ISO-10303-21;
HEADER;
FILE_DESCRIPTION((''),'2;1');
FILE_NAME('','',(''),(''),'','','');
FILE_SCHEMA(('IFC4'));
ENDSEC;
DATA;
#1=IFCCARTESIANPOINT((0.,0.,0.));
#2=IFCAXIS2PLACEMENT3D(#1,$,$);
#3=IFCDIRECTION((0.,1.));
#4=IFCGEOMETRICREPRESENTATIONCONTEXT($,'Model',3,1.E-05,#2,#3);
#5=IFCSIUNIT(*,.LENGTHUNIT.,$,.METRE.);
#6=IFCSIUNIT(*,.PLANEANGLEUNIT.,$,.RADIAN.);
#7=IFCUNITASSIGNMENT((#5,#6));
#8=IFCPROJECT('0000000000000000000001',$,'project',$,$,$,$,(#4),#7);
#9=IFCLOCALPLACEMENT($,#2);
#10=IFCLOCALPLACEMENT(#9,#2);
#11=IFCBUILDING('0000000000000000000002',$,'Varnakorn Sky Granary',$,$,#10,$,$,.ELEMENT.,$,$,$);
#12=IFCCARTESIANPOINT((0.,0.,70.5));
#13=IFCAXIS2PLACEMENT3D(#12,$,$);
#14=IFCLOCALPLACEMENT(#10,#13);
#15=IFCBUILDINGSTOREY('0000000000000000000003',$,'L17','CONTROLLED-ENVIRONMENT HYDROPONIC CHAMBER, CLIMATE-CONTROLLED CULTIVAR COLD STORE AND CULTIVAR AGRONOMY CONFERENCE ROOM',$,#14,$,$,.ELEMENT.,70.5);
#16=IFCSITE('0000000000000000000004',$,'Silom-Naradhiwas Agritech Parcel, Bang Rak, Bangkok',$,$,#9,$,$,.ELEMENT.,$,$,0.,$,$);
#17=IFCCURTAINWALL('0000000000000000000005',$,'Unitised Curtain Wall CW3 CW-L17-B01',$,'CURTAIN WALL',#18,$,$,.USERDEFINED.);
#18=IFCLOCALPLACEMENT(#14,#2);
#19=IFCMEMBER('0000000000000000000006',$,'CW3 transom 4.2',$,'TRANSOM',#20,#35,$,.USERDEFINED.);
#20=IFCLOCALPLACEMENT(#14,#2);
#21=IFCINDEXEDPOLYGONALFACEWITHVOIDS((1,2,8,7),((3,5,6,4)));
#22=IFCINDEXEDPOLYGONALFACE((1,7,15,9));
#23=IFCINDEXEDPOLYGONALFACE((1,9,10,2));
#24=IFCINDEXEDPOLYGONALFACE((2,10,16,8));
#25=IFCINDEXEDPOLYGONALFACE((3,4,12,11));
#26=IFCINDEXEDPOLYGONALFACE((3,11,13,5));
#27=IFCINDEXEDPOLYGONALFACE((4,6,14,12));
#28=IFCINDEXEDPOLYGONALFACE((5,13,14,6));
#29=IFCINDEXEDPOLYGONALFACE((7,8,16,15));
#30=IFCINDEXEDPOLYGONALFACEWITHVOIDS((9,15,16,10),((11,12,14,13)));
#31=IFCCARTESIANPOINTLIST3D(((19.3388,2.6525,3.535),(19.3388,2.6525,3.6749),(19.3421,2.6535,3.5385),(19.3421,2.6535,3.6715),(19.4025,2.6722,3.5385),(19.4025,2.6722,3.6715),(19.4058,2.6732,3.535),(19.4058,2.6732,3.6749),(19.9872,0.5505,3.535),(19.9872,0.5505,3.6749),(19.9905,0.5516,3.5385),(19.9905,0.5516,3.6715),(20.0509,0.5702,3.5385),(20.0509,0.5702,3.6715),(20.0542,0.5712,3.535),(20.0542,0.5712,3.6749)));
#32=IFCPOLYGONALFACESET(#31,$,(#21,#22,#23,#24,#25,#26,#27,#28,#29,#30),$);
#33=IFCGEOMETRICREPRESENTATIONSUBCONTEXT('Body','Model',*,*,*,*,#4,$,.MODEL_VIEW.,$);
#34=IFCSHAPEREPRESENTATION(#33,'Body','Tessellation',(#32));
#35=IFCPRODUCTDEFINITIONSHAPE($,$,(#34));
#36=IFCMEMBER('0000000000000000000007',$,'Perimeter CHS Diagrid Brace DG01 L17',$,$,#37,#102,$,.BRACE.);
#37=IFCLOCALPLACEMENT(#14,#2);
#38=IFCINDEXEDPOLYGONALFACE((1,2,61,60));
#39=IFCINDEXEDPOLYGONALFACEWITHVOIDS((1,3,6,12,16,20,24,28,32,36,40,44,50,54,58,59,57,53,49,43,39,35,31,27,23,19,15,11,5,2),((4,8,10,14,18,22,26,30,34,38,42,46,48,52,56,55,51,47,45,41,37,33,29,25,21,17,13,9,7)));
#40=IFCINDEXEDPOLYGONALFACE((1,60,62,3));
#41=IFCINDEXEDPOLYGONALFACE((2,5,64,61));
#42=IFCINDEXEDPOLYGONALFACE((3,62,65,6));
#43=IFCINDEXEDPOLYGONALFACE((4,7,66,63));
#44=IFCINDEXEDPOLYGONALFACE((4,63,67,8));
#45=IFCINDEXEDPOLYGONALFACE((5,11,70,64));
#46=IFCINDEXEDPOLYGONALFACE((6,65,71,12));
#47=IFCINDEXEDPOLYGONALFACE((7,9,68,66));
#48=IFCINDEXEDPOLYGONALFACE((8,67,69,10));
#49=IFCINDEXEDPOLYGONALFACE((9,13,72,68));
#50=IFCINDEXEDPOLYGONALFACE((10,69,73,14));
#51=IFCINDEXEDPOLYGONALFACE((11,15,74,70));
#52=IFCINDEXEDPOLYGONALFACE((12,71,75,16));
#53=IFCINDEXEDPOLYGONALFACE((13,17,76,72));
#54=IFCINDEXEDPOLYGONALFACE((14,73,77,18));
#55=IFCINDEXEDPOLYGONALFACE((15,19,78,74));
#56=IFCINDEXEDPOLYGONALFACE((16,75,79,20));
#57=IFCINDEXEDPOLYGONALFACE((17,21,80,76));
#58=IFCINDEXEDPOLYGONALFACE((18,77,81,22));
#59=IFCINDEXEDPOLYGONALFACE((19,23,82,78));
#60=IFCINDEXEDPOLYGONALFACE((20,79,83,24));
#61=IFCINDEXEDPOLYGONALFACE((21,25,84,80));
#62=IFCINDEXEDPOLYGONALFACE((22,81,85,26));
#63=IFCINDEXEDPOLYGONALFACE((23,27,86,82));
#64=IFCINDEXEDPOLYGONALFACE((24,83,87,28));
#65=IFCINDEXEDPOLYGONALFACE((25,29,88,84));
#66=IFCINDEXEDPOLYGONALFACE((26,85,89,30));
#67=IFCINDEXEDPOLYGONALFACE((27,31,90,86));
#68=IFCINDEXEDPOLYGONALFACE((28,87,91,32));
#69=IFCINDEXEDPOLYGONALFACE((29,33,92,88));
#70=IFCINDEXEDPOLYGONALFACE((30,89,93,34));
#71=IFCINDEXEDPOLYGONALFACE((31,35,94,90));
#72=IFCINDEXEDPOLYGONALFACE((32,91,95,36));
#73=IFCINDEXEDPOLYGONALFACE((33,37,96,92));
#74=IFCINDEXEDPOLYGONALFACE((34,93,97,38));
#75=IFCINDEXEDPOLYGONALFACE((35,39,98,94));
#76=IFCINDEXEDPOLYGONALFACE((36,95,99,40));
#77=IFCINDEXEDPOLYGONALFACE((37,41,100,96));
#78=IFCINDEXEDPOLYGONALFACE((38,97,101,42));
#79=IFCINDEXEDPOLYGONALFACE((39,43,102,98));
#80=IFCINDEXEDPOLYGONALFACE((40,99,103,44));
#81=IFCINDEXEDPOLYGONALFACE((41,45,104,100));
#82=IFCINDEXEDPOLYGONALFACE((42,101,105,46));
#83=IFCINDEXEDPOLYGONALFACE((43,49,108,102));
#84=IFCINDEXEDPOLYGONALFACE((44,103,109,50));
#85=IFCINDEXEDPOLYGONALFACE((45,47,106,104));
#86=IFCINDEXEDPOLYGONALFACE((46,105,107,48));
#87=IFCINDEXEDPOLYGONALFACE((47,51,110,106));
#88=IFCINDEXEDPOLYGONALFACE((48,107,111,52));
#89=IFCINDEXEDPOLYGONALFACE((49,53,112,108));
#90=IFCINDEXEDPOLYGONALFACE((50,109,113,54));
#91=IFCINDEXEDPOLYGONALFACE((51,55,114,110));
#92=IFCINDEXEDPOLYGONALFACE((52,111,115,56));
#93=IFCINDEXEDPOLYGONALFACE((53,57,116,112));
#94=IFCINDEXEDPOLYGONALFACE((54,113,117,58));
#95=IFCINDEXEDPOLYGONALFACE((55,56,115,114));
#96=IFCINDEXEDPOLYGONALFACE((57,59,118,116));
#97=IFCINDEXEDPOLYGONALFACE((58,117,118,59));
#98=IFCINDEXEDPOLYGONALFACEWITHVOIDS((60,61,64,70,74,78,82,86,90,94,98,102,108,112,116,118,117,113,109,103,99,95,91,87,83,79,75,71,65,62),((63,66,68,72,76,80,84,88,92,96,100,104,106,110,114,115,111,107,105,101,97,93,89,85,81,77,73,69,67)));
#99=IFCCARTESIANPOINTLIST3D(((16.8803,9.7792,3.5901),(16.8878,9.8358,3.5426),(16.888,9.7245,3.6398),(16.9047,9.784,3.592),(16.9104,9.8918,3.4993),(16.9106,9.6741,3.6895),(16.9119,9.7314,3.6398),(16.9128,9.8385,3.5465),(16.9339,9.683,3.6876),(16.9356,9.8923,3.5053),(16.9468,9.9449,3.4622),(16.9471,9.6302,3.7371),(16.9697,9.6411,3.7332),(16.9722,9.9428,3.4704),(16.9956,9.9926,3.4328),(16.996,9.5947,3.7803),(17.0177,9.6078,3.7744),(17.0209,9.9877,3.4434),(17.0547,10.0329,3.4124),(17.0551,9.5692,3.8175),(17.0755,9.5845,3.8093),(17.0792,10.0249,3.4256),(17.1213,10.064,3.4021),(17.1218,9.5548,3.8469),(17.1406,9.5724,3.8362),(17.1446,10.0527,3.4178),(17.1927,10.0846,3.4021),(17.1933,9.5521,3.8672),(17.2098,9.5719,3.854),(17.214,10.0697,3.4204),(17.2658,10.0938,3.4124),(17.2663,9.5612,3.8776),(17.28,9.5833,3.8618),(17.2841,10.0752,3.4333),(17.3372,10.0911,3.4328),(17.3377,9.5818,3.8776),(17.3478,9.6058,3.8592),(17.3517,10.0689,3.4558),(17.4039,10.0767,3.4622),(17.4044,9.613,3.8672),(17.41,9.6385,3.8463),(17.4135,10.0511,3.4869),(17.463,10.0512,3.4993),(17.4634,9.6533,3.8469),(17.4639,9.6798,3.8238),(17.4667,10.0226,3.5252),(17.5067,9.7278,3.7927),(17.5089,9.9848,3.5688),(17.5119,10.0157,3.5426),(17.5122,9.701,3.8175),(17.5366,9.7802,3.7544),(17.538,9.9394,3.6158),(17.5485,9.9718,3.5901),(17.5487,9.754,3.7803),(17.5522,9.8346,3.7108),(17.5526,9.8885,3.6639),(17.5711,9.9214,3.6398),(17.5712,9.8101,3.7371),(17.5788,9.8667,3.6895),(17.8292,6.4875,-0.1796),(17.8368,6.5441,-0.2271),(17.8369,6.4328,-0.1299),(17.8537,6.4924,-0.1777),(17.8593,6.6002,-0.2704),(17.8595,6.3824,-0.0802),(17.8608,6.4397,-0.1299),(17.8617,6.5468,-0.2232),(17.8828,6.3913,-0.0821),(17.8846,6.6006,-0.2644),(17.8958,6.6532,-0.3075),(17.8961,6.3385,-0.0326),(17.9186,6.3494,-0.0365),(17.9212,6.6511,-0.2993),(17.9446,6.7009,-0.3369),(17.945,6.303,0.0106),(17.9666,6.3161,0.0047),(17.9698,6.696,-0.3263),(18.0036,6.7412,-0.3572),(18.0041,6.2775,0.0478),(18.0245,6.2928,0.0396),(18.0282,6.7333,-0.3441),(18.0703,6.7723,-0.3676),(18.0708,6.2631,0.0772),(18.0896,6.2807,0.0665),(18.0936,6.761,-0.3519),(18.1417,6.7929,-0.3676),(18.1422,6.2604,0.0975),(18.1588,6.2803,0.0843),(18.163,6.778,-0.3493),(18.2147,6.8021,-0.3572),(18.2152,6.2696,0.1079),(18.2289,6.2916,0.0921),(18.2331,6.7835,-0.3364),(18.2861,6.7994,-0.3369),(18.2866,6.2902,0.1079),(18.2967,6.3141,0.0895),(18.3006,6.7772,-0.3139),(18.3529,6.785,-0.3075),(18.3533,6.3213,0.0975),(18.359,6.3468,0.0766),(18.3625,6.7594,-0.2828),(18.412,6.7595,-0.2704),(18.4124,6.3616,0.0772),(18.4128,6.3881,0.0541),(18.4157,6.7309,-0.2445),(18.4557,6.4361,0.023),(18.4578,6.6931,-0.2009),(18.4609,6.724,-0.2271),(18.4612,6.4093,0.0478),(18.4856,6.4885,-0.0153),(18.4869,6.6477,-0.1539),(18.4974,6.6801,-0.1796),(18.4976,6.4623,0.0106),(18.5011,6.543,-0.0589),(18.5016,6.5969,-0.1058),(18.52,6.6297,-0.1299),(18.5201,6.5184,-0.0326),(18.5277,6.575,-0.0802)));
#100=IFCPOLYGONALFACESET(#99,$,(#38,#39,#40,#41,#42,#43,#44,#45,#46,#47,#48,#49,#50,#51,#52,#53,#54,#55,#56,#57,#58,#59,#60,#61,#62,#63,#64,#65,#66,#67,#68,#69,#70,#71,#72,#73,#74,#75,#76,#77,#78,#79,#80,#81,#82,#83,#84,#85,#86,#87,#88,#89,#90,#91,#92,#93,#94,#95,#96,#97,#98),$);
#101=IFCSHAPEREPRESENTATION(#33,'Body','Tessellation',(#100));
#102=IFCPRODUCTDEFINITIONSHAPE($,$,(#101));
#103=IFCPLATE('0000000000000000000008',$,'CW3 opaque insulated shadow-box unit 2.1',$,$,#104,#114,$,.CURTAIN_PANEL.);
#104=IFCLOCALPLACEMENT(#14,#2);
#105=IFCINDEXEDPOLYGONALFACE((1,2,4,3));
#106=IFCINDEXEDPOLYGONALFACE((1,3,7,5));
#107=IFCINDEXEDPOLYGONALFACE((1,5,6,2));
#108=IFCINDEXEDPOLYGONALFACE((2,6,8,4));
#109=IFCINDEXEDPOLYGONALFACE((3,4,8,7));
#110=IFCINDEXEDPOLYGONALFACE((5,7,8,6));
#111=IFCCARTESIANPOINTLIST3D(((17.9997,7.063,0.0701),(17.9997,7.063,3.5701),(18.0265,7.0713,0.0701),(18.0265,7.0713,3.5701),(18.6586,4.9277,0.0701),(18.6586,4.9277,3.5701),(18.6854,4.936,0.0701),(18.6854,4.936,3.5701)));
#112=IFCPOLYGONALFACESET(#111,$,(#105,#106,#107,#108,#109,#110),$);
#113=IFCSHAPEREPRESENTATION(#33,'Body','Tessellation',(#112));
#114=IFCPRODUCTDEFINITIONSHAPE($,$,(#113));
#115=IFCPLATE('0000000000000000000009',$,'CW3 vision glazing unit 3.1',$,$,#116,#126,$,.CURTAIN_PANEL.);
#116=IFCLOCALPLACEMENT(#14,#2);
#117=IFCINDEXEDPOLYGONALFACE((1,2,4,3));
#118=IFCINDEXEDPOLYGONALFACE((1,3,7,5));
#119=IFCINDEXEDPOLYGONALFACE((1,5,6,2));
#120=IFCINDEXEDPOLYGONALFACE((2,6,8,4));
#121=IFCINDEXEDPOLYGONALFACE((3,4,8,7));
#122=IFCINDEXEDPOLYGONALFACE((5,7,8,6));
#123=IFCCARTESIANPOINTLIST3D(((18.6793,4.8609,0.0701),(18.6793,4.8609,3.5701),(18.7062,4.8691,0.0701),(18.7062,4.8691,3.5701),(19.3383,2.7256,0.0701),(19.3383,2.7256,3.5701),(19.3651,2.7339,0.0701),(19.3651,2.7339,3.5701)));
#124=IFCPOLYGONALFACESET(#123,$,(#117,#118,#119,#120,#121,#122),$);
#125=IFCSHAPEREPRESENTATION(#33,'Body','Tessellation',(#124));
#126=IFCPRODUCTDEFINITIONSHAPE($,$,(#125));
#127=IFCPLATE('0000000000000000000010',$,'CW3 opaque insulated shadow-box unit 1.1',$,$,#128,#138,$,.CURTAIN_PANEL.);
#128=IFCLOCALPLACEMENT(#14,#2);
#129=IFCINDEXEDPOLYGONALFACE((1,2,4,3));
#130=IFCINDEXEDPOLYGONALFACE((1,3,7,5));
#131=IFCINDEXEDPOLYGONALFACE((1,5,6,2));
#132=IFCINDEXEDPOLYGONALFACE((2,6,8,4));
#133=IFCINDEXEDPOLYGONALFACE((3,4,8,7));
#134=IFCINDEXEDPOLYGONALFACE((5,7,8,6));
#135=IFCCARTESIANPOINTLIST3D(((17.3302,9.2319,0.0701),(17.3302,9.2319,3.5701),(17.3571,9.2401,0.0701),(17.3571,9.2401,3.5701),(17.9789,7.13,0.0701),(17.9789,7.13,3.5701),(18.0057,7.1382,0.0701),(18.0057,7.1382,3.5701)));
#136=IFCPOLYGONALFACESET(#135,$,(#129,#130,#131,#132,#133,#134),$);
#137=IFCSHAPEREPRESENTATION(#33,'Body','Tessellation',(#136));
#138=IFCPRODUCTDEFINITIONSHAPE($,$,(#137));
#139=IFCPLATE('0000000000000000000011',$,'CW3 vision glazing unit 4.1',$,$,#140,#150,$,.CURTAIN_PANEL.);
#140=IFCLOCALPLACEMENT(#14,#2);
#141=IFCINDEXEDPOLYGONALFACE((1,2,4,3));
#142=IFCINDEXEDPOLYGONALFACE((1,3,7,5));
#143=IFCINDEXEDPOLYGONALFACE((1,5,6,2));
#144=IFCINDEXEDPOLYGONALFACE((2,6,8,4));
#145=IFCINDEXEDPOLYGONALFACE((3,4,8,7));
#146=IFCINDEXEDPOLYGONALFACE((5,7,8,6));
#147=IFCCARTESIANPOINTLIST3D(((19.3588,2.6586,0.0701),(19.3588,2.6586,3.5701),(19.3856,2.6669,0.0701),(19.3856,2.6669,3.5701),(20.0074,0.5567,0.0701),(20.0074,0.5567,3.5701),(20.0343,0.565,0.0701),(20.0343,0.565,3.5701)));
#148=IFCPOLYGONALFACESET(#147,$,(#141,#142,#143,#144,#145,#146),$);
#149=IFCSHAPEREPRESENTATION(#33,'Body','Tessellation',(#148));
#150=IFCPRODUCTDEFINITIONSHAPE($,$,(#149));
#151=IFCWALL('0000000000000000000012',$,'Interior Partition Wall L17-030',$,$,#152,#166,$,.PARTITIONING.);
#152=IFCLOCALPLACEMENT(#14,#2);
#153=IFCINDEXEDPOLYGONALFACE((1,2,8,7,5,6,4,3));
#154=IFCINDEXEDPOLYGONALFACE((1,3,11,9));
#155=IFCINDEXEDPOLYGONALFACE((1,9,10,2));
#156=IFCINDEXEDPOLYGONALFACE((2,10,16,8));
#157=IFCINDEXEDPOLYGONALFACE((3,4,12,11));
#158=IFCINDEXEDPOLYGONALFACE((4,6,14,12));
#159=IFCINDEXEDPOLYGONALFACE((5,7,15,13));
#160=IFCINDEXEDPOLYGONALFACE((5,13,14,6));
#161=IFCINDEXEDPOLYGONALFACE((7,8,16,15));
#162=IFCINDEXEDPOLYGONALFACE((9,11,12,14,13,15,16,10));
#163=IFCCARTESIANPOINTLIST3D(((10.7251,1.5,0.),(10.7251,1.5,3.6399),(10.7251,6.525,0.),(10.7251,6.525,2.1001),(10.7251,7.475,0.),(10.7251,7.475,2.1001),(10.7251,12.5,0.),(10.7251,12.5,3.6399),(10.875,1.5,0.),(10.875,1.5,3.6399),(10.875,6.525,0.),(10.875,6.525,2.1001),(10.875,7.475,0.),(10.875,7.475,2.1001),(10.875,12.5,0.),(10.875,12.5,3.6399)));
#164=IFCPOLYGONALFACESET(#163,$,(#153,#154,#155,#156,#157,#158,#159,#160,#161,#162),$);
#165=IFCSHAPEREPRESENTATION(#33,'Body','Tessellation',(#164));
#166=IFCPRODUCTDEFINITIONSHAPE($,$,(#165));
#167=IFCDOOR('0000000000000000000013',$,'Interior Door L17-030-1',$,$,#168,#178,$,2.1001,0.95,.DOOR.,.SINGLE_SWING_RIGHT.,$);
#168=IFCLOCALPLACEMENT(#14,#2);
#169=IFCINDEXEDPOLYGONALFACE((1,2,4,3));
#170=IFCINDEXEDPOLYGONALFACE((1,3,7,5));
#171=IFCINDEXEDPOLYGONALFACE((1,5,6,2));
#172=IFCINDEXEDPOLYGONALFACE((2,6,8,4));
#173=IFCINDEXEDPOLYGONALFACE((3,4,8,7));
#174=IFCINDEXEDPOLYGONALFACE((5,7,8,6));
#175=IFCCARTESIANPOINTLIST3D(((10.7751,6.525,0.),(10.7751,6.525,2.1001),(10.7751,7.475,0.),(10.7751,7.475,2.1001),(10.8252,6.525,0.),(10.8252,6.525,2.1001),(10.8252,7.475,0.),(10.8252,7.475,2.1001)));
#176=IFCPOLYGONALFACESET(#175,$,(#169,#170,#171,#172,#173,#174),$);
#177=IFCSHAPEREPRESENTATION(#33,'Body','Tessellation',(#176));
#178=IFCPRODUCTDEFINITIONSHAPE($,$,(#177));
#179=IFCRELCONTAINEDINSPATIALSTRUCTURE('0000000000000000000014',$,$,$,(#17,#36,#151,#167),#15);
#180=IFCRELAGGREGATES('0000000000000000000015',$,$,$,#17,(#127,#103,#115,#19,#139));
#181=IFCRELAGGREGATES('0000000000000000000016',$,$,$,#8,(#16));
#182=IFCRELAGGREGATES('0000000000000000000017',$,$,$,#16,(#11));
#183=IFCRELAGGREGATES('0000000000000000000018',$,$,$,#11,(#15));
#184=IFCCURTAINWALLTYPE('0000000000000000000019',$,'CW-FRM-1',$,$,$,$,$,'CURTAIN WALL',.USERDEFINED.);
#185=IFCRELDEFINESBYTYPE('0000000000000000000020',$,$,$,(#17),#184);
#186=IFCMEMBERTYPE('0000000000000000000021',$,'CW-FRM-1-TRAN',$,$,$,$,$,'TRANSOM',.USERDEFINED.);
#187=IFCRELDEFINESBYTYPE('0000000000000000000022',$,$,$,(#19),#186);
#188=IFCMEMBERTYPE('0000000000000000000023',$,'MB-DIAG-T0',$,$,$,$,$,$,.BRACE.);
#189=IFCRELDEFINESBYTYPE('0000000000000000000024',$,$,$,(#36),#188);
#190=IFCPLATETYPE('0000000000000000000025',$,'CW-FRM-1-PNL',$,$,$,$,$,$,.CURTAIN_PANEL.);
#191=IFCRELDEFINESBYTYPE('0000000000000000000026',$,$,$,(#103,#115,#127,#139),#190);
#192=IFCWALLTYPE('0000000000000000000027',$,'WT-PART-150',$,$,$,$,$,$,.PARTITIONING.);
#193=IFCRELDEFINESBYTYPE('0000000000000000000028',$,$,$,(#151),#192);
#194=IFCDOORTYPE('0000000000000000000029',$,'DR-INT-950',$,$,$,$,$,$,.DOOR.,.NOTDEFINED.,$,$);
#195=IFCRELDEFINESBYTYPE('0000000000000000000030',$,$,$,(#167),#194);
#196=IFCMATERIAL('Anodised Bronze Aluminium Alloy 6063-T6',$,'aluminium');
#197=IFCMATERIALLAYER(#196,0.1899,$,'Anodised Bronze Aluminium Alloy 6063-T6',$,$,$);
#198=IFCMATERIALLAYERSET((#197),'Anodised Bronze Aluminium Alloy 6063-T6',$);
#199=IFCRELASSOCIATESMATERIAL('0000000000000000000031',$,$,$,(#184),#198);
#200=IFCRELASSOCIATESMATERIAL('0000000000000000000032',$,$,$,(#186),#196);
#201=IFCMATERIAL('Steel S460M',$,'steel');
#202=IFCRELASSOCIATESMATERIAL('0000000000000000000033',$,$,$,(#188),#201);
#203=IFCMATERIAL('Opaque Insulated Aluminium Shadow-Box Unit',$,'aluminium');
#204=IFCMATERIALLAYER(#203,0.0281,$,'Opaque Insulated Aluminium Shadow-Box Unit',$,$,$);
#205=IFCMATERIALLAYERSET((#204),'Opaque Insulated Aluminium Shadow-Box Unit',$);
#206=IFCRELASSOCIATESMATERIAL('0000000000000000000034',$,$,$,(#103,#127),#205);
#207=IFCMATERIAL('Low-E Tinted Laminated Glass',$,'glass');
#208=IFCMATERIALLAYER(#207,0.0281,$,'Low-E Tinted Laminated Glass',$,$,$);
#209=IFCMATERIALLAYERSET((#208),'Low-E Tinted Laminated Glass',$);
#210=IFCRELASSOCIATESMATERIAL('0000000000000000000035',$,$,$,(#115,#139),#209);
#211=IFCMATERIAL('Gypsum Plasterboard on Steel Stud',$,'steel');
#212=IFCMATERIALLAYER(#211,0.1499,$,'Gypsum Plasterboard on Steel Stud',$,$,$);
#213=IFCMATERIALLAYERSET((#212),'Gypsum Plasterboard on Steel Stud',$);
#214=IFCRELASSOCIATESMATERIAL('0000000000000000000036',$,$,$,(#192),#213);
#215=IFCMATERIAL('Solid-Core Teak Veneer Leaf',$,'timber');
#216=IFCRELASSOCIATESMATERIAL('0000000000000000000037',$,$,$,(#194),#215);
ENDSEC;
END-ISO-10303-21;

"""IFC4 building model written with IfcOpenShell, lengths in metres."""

from ifc_helpers import new_model, si_unit, direction, frame, frame_2d, origin, origin_2d, place, context, subcontext, project, spatial, rectangle, hollow_rectangle, hollow_circle, extrude, source, transform, mapped, material, layer, layer_set, material_profile, profile_set, type_object, type_shapes, element, fill, aggregate, save


model = new_model("IFC4")

# Units and contexts
model_context = context("Model", 3, precision=1e-05, world=origin(), true_north=direction((0.0, 1.0)))
body_context = subcontext(model_context, "Body", "Model", "MODEL_VIEW")
ifc_project = project(units=[si_unit("LENGTHUNIT", "METRE"), si_unit("PLANEANGLEUNIT", "RADIAN")], contexts=[model_context])

# Site, building, storey
site_placement = place(None, origin())
site = spatial("IfcSite", under=ifc_project, at=site_placement, Name="Silom-Naradhiwas Agritech Parcel, Bang Rak, Bangkok", CompositionType="ELEMENT", RefElevation=0.0)
building_placement = place(site_placement, origin())
building = spatial("IfcBuilding", under=site, at=building_placement, Name="Varnakorn Sky Granary", CompositionType="ELEMENT")
storey_placement = place(building_placement, frame((0.0, 0.0, 70.5)))
storey = spatial("IfcBuildingStorey", under=building, at=storey_placement, Name="L17", Description="CONTROLLED-ENVIRONMENT HYDROPONIC CHAMBER, CLIMATE-CONTROLLED CULTIVAR COLD STORE AND CULTIVAR AGRONOMY CONFERENCE ROOM", CompositionType="ELEMENT", Elevation=70.5)

# Curtain wall, member
ifc_material_1 = material(Name="Anodised Bronze Aluminium Alloy 6063-T6", Category="aluminium")
ifc_layer_1 = layer(ifc_material_1, 0.1899, Name="Anodised Bronze Aluminium Alloy 6063-T6")
ifc_layer_set_1 = layer_set([ifc_layer_1], Name="Anodised Bronze Aluminium Alloy 6063-T6")
curtain_wall_type = type_object("IfcCurtainWallType", Name="CW-FRM-1", ElementType="CURTAIN WALL", PredefinedType="USERDEFINED", material=ifc_layer_set_1)
curtain_wall_placement = place(storey_placement, origin())
curtain_wall = element("IfcCurtainWall", 1, at=curtain_wall_placement, inside=storey, type_object=curtain_wall_type, Name="Unitised Curtain Wall CW3 CW-L17-B01", ObjectType="CURTAIN WALL", PredefinedType="USERDEFINED")
ifc_material_profile_1 = material_profile(ifc_material_1, hollow_rectangle(XDim=0.0701, YDim=0.1399, WallThickness=0.0034, at=origin_2d()), Name="ALU TRAN 70x140")
ifc_profile_set_1 = profile_set([ifc_material_profile_1], Name="Anodised Bronze Aluminium Alloy 6063-T6")
member_type_1 = type_object("IfcMemberType", Name="CW-FRM-1-TRAN", ElementType="TRANSOM", PredefinedType="USERDEFINED", material=ifc_profile_set_1)
member_1_placement = place(storey_placement, frame((19.3723, 2.6628, 3.605), z_axis=(0.294772, -0.955568, 0.0), x_axis=(0.955568, 0.294772, 0.0)))
member_1 = element("IfcMember", 2, at=member_1_placement, type_object=member_type_1, Name="CW3 transom 4.2", ObjectType="TRANSOM", PredefinedType="USERDEFINED", context=body_context, shape_type="SweptSolid", body=[
    extrude(hollow_rectangle(XDim=0.0701, YDim=0.1399, WallThickness=0.0034, at=origin_2d()), origin(), (0.0, 0.0, 1.0), 2.1997),
])

# Member
ifc_material_2 = material(Name="Steel S460M", Category="steel")
ifc_material_profile_2 = material_profile(ifc_material_2, hollow_circle(Radius=0.3555, WallThickness=0.0249, at=origin_2d()), Name="CHS 711x25")
ifc_profile_set_2 = profile_set([ifc_material_profile_2], Name="Steel S460M")
member_type_2 = type_object("IfcMemberType", Name="MB-DIAG-T0", PredefinedType="BRACE", material=ifc_profile_set_2)
member_2_placement = place(storey_placement, frame((18.1785, 6.5312, -0.1299), z_axis=(-0.186298, 0.646219, 0.740063), x_axis=(-0.960868, -0.277008, 0.0)))
element("IfcMember", 3, at=member_2_placement, inside=storey, type_object=member_type_2, Name="Perimeter CHS Diagrid Brace DG01 L17", PredefinedType="BRACE", context=body_context, shape_type="SweptSolid", body=[
    extrude(hollow_circle(Radius=0.3555, WallThickness=0.0249, at=origin_2d()), origin(), (0.0, 0.0, 1.0), 5.0938),
])

# Plates
ifc_material_3 = material(Name="Opaque Insulated Aluminium Shadow-Box Unit", Category="aluminium")
ifc_layer_2 = layer(ifc_material_3, 0.0281, Name="Opaque Insulated Aluminium Shadow-Box Unit")
ifc_layer_set_2 = layer_set([ifc_layer_2], Name="Opaque Insulated Aluminium Shadow-Box Unit")
plate_type = type_object("IfcPlateType", Name="CW-FRM-1-PNL", PredefinedType="CURTAIN_PANEL")
shared_shape_1 = source(origin(), body_context, "Body", "SweptSolid", [
    extrude(rectangle(XDim=2.2346, YDim=0.0281, at=origin_2d()), origin(), (0.0, 0.0, 1.0), 3.5),
])
plate_1_placement = place(storey_placement, frame((18.3425, 5.9995, 0.0701), z_axis=(0.0, 0.0, 1.0), x_axis=(0.294872, -0.955537, 0.0)))
plate_1 = element("IfcPlate", 4, at=plate_1_placement, type_object=plate_type, material=ifc_layer_set_2, Name="CW3 opaque insulated shadow-box unit 2.1", PredefinedType="CURTAIN_PANEL", context=body_context, shape_type="MappedRepresentation", body=[
    mapped(shared_shape_1, transform((0.0, 0.0, 0.0), x_axis=(1.0, 0.0, 0.0), y_axis=(0.0, 1.0, 0.0), z_axis=(0.0, 0.0, 1.0), scale=1.0)),
])
ifc_material_4 = material(Name="Low-E Tinted Laminated Glass", Category="glass")
ifc_layer_3 = layer(ifc_material_4, 0.0281, Name="Low-E Tinted Laminated Glass")
ifc_layer_set_3 = layer_set([ifc_layer_3], Name="Low-E Tinted Laminated Glass")
plate_2_placement = place(storey_placement, frame((19.0222, 3.7974, 0.0701), z_axis=(0.0, 0.0, 1.0), x_axis=(0.294872, -0.955537, 0.0)))
plate_2 = element("IfcPlate", 5, at=plate_2_placement, type_object=plate_type, material=ifc_layer_set_3, Name="CW3 vision glazing unit 3.1", PredefinedType="CURTAIN_PANEL", context=body_context, shape_type="MappedRepresentation", body=[
    mapped(shared_shape_1, transform((0.0, 0.0, 0.0), x_axis=(1.0, 0.0, 0.0), y_axis=(0.0, 1.0, 0.0), z_axis=(0.0, 0.0, 1.0), scale=1.0)),
])
shared_shape_2 = source(origin(), body_context, "Body", "SweptSolid", [
    extrude(rectangle(XDim=2.1997, YDim=0.0281, at=origin_2d()), origin(), (0.0, 0.0, 1.0), 3.5),
])
type_shapes(plate_type, [shared_shape_1, shared_shape_2])
plate_3_placement = place(storey_placement, frame((17.668, 8.1851, 0.0701), z_axis=(0.0, 0.0, 1.0), x_axis=(0.294872, -0.955537, 0.0)))
plate_3 = element("IfcPlate", 6, at=plate_3_placement, type_object=plate_type, material=ifc_layer_set_2, Name="CW3 opaque insulated shadow-box unit 1.1", PredefinedType="CURTAIN_PANEL", context=body_context, shape_type="MappedRepresentation", body=[
    mapped(shared_shape_2, transform((0.0, 0.0, 0.0), x_axis=(1.0, 0.0, 0.0), y_axis=(0.0, 1.0, 0.0), z_axis=(0.0, 0.0, 1.0), scale=1.0)),
])
plate_4_placement = place(storey_placement, frame((19.6965, 1.6118, 0.0701), z_axis=(0.0, 0.0, 1.0), x_axis=(0.294872, -0.955537, 0.0)))
plate_4 = element("IfcPlate", 7, at=plate_4_placement, type_object=plate_type, material=ifc_layer_set_3, Name="CW3 vision glazing unit 4.1", PredefinedType="CURTAIN_PANEL", context=body_context, shape_type="MappedRepresentation", body=[
    mapped(shared_shape_2, transform((0.0, 0.0, 0.0), x_axis=(1.0, 0.0, 0.0), y_axis=(0.0, 1.0, 0.0), z_axis=(0.0, 0.0, 1.0), scale=1.0)),
])
aggregate(curtain_wall, [plate_3, plate_1, plate_2, member_1, plate_4])

# Wall, opening, door
ifc_material_5 = material(Name="Gypsum Plasterboard on Steel Stud", Category="steel")
ifc_layer_4 = layer(ifc_material_5, 0.1499, Name="Gypsum Plasterboard on Steel Stud")
ifc_layer_set_4 = layer_set([ifc_layer_4], Name="Gypsum Plasterboard on Steel Stud")
wall_type = type_object("IfcWallType", Name="WT-PART-150", PredefinedType="PARTITIONING", material=ifc_layer_set_4)
wall_1_placement = place(storey_placement, frame((10.8, 1.5, 0.0), z_axis=(0.0, 0.0, 1.0), x_axis=(0.0, 1.0, 0.0)))
wall_1 = element("IfcWall", 8, at=wall_1_placement, inside=storey, type_object=wall_type, Name="Interior Partition Wall L17-030", PredefinedType="PARTITIONING", context=body_context, shape_type="SweptSolid", body=[
    extrude(rectangle(XDim=11.0, YDim=0.1499, at=frame_2d((5.5, 0.0))), origin(), (0.0, 0.0, 1.0), 3.6399),
])
opening_placement = place(wall_1_placement, frame((5.0249, 0.0, 0.0)))
opening = element("IfcOpeningElement", 9, at=opening_placement, cuts=wall_1, PredefinedType="OPENING", context=body_context, shape_type="SweptSolid", body=[
    extrude(rectangle(XDim=0.95, YDim=2.1001, at=frame_2d((0.4751, 1.05))), frame((0.0, 0.085, 0.0), z_axis=(0.0, -1.0, 0.0), x_axis=(1.0, 0.0, 0.0)), (0.0, 0.0, 1.0), 0.1699),
])
ifc_material_6 = material(Name="Solid-Core Teak Veneer Leaf", Category="timber")
door_type = type_object("IfcDoorType", Name="DR-INT-950", OperationType="NOTDEFINED", PredefinedType="DOOR", material=ifc_material_6)
door_placement = place(opening_placement, origin())
door = element("IfcDoor", 10, at=door_placement, inside=storey, type_object=door_type, Name="Interior Door L17-030-1", OperationType="SINGLE_SWING_RIGHT", OverallHeight=2.1001, OverallWidth=0.95, PredefinedType="DOOR", context=body_context, shape_type="SweptSolid", body=[
    extrude(rectangle(XDim=0.95, YDim=2.1001, at=frame_2d((0.4751, 1.05))), frame((0.0, 0.0249, 0.0), z_axis=(0.0, -1.0, 0.0), x_axis=(1.0, 0.0, 0.0)), (0.0, 0.0, 1.0), 0.05),
])
fill(opening, door)

save(model, "model.ifc")
